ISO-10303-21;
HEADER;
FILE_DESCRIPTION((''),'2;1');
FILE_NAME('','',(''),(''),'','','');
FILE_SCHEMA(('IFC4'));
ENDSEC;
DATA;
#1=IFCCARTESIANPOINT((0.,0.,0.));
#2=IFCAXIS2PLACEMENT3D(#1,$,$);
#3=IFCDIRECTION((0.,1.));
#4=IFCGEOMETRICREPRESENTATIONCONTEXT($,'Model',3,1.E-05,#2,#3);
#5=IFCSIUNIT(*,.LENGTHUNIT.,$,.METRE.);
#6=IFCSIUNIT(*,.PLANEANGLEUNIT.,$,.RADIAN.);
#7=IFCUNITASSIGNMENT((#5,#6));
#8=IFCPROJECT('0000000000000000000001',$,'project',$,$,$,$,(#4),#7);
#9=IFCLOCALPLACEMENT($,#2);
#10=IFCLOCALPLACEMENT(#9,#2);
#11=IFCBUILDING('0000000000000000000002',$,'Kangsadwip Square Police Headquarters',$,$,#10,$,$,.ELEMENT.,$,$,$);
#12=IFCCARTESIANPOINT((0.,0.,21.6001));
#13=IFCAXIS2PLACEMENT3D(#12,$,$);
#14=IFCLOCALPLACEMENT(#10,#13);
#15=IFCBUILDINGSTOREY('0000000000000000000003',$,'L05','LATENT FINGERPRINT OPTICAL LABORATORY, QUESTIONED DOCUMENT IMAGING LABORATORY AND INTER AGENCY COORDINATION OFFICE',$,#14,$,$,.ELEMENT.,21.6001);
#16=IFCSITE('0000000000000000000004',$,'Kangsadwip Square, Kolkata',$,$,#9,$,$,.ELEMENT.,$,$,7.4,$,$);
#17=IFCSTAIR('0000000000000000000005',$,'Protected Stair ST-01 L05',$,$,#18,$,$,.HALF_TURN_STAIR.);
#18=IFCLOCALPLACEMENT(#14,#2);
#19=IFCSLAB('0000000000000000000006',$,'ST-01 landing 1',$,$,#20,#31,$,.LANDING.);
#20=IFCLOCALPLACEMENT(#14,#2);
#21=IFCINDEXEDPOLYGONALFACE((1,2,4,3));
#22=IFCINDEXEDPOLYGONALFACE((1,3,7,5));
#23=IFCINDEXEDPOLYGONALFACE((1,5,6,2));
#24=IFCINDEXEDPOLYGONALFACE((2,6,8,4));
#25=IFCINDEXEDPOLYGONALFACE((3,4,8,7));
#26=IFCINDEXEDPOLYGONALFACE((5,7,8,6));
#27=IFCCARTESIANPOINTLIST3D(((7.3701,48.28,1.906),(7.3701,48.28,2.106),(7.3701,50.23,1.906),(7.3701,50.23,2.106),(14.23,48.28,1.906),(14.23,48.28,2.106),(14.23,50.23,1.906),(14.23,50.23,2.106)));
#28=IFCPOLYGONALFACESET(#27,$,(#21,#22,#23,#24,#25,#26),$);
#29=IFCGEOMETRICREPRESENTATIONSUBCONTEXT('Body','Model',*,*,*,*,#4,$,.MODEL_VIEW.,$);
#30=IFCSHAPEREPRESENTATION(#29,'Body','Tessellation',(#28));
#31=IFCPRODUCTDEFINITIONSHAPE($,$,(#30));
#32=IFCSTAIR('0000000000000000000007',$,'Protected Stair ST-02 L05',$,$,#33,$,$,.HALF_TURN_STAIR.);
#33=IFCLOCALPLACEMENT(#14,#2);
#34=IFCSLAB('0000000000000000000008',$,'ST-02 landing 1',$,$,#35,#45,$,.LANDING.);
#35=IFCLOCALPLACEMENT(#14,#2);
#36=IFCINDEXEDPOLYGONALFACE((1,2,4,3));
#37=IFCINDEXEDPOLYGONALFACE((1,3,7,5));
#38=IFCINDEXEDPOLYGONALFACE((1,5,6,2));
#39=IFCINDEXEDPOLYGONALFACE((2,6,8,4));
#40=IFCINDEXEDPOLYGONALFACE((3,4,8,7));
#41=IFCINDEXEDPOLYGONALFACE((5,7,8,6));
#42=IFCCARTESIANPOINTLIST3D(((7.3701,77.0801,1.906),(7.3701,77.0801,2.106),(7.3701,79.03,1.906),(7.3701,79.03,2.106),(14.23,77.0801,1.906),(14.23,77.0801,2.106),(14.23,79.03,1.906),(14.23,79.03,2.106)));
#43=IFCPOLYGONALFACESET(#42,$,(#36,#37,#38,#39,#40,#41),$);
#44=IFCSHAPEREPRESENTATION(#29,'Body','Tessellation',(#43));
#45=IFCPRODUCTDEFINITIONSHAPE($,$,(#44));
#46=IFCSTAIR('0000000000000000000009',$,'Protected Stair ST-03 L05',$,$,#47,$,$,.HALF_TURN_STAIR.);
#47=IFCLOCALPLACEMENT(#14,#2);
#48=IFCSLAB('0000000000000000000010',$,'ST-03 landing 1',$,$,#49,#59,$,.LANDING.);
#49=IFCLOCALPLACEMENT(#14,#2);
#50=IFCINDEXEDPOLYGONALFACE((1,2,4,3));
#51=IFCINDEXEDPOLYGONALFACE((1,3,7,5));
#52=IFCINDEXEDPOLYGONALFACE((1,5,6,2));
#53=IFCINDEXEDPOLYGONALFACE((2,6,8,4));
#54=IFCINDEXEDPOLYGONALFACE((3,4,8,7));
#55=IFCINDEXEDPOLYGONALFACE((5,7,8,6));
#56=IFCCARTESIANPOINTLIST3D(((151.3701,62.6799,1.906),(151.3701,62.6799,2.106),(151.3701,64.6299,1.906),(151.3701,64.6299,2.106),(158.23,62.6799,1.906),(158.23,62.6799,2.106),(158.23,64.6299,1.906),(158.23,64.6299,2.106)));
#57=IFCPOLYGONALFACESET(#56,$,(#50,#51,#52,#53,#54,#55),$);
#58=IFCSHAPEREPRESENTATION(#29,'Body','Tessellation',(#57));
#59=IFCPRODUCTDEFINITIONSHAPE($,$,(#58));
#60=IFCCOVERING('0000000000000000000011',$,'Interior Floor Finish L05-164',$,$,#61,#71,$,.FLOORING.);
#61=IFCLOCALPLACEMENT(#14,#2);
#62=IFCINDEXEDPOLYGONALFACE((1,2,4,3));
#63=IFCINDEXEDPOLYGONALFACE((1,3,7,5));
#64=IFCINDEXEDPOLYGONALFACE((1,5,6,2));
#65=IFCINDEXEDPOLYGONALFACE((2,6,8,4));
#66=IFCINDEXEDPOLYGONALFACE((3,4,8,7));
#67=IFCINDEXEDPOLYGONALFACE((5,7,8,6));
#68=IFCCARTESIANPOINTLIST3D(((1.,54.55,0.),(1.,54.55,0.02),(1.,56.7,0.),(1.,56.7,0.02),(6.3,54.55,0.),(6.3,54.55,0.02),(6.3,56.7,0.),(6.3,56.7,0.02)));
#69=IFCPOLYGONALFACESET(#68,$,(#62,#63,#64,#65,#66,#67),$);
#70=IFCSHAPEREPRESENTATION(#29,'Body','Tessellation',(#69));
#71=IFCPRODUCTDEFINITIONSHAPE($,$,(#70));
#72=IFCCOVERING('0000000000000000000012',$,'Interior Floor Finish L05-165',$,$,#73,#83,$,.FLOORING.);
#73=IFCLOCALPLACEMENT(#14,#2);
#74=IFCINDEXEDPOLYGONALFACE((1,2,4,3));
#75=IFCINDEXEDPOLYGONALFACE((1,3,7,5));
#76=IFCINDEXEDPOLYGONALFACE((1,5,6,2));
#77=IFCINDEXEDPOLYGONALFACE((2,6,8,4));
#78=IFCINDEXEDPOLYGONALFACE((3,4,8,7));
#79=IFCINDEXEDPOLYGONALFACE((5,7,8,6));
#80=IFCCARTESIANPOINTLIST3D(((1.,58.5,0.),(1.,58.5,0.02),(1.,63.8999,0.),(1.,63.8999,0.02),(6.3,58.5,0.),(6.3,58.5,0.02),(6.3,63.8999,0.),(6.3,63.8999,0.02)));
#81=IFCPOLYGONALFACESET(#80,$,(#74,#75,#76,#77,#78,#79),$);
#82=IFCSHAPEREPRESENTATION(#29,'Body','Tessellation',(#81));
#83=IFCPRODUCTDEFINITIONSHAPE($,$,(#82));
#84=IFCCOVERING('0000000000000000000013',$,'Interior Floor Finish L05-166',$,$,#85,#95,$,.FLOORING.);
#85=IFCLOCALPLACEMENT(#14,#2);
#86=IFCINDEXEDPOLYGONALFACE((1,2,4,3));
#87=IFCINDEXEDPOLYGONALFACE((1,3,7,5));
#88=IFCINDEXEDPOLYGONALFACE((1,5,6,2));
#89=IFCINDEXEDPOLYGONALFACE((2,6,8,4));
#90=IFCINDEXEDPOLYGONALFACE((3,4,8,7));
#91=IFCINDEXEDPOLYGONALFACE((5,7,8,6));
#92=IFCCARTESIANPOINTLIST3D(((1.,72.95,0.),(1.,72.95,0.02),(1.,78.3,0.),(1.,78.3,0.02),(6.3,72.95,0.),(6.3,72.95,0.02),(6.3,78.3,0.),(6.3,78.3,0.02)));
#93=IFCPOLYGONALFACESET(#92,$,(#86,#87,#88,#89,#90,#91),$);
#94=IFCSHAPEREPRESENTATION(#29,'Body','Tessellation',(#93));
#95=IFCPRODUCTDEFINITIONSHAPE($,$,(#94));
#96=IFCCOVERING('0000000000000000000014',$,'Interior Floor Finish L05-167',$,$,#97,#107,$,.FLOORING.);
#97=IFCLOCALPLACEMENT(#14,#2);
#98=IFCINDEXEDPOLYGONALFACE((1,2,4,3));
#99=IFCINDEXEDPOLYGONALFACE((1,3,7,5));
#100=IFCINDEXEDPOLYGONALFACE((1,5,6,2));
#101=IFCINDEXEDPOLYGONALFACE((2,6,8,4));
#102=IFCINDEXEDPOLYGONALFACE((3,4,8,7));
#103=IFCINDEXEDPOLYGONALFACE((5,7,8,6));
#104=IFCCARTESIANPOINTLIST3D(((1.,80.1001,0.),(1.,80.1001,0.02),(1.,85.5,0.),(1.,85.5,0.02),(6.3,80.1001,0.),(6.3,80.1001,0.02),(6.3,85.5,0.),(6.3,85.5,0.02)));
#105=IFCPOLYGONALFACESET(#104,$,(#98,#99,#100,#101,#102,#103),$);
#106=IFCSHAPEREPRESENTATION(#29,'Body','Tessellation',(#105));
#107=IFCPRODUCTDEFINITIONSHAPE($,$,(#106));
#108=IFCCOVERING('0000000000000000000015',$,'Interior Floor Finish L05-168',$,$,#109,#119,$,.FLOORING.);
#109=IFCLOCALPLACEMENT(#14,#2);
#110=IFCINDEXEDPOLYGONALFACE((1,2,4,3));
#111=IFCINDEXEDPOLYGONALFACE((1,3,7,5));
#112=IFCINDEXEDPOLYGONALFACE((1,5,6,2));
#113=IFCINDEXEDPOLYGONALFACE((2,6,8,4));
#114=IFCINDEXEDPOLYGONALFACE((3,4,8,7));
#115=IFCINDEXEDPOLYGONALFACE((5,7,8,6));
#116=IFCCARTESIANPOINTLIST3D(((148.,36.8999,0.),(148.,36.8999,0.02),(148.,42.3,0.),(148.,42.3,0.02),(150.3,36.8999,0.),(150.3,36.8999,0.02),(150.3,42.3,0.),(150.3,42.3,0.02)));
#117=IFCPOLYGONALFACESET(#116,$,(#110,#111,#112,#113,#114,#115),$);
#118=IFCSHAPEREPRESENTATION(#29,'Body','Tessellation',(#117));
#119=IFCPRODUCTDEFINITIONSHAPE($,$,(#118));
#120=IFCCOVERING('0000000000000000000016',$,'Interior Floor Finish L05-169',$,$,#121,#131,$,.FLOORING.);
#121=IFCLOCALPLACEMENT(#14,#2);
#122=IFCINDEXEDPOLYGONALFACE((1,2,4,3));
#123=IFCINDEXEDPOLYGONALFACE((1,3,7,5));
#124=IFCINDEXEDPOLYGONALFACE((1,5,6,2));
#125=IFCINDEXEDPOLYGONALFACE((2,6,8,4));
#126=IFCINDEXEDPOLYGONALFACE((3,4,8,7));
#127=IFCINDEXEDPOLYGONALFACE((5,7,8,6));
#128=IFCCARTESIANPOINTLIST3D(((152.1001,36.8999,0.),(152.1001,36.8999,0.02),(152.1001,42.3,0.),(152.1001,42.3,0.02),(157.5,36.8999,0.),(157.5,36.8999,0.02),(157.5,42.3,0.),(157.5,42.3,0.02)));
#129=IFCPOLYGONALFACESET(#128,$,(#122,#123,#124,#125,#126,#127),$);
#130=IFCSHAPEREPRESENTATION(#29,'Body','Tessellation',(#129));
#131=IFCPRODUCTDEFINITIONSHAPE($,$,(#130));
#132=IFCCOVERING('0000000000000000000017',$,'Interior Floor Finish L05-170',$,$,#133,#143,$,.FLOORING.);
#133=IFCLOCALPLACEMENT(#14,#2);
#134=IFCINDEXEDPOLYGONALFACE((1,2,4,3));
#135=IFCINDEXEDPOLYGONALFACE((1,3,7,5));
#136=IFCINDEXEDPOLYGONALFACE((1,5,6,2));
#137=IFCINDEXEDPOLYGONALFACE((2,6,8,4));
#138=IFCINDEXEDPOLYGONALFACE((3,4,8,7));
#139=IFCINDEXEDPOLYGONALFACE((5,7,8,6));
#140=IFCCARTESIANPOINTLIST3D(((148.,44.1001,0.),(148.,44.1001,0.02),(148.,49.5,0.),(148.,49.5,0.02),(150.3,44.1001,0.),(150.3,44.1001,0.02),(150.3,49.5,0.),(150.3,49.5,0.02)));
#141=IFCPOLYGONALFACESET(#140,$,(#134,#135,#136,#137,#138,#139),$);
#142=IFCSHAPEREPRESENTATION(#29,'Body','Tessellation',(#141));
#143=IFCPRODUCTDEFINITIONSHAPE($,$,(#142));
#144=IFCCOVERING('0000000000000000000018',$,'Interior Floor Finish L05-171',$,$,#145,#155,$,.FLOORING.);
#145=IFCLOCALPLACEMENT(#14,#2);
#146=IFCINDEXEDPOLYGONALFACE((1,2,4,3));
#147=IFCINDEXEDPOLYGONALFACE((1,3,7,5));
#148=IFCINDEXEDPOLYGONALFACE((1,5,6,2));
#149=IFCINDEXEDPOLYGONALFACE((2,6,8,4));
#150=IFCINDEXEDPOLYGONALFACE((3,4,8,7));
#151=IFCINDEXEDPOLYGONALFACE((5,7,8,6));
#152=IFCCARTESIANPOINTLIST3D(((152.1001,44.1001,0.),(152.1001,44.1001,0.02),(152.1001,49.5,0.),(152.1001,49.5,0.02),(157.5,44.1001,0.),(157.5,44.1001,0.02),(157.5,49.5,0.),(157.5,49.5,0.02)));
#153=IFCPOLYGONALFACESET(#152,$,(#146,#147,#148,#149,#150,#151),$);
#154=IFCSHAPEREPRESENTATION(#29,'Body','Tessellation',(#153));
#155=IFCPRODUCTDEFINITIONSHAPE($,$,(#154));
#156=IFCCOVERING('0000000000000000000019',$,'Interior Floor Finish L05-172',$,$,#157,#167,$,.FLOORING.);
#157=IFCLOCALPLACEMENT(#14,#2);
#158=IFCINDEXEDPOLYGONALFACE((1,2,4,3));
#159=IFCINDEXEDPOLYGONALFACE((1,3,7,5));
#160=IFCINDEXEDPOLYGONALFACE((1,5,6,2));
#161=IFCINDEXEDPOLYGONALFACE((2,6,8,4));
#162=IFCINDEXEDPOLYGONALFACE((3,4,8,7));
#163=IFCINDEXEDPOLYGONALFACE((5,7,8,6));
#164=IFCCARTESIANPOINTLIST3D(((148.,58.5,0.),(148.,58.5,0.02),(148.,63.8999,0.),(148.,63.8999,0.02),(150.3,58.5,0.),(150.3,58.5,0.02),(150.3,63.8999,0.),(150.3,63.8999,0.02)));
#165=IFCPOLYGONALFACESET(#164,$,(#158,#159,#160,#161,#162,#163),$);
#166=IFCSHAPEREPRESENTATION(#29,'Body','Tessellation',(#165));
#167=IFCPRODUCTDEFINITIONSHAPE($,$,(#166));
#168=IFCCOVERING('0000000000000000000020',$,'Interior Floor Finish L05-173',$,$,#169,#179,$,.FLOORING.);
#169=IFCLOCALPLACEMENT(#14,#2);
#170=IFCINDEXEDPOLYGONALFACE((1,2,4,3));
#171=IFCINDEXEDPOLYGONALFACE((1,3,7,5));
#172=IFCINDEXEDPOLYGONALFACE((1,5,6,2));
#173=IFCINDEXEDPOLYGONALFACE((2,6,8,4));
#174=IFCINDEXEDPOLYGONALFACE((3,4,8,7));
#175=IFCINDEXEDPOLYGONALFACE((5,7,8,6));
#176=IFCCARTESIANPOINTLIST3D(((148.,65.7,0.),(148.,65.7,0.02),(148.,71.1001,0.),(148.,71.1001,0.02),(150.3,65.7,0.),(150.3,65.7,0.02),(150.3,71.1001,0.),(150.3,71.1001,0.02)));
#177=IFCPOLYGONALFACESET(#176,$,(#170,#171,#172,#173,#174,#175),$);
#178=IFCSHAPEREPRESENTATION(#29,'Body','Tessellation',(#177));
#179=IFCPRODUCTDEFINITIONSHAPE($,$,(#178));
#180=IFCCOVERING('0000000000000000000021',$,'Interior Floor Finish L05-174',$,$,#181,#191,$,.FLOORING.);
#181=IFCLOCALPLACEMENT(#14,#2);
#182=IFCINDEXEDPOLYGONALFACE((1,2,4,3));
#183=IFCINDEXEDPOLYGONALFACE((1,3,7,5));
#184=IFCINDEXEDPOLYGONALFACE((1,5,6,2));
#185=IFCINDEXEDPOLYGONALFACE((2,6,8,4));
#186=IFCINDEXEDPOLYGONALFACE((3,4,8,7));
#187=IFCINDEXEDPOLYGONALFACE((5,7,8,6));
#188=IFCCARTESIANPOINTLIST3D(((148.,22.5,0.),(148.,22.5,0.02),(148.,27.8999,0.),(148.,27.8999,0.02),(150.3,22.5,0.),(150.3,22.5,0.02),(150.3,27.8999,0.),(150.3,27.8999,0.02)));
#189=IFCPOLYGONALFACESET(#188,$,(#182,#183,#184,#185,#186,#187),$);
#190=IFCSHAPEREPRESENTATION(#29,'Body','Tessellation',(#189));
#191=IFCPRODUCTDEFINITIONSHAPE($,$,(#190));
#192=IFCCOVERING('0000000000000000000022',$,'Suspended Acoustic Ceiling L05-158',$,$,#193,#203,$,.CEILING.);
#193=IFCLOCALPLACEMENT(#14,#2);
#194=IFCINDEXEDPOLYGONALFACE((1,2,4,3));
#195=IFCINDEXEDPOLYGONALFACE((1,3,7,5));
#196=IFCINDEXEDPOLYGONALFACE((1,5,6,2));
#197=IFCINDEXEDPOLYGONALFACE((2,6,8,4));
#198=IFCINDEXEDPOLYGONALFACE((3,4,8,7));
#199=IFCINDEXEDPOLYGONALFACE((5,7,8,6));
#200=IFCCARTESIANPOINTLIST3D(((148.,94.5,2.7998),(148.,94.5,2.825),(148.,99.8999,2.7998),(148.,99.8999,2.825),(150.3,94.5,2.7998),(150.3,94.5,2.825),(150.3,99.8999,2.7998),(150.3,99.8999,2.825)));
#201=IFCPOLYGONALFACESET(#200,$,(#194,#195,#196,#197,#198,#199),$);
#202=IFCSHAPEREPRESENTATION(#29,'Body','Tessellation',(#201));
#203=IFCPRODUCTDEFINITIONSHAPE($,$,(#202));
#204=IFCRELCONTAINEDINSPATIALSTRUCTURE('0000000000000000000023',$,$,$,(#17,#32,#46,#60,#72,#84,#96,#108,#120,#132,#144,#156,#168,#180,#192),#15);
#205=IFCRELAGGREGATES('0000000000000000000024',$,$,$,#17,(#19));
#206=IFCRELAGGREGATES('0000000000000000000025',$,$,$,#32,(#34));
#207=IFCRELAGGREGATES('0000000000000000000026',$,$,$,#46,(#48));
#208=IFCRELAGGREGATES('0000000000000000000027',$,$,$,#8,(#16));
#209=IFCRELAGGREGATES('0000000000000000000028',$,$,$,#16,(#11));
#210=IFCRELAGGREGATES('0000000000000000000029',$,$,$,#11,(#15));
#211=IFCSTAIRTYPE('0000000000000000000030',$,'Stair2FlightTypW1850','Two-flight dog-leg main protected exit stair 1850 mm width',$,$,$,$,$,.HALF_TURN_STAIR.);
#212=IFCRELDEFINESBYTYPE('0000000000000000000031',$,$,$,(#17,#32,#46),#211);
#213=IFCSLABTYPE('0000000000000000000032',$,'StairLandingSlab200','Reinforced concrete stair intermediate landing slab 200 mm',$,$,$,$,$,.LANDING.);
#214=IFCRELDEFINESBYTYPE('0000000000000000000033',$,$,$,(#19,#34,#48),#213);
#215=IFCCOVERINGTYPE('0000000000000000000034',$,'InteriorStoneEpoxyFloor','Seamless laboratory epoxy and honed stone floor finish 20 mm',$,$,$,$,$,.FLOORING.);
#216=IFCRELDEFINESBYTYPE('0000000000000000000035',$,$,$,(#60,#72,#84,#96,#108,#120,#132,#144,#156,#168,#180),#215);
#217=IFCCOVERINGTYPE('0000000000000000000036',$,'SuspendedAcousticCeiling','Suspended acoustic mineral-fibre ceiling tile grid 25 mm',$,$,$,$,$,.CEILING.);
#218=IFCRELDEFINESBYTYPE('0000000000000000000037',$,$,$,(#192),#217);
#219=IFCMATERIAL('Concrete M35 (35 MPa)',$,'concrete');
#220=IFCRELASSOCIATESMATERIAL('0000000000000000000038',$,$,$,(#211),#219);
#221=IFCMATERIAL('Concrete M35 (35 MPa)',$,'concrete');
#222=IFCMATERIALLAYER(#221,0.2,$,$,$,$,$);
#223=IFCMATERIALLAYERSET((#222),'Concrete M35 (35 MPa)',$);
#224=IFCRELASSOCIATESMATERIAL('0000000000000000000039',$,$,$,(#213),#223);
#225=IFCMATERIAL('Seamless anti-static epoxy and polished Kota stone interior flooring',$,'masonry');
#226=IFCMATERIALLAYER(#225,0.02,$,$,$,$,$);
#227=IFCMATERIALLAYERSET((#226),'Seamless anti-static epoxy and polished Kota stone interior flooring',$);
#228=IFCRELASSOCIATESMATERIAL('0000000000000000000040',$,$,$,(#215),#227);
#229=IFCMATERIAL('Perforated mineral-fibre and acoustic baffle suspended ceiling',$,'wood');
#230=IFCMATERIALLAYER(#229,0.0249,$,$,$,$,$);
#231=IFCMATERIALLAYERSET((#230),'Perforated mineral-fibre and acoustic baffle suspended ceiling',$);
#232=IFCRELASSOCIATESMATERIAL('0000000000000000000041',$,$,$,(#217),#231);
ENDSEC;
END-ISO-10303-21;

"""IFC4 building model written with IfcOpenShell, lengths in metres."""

from ifc_helpers import new_model, si_unit, direction, frame, origin, place, context, subcontext, project, spatial, polyline, outline, extrude, material, layer, layer_set, type_object, element, aggregate, save


model = new_model("IFC4")

# Units and contexts
model_context = context("Model", 3, precision=1e-05, world=origin(), true_north=direction((0.0, 1.0)))
body_context = subcontext(model_context, "Body", "Model", "MODEL_VIEW")
ifc_project = project(units=[si_unit("LENGTHUNIT", "METRE"), si_unit("PLANEANGLEUNIT", "RADIAN")], contexts=[model_context])

# Site, building, storey
site_placement = place(None, origin())
site = spatial("IfcSite", under=ifc_project, at=site_placement, Name="Kangsadwip Square, Kolkata", CompositionType="ELEMENT", RefElevation=7.4)
building_placement = place(site_placement, origin())
building = spatial("IfcBuilding", under=site, at=building_placement, Name="Kangsadwip Square Police Headquarters", CompositionType="ELEMENT")
storey_placement = place(building_placement, frame((0.0, 0.0, 21.6001)))
storey = spatial("IfcBuildingStorey", under=building, at=storey_placement, Name="L05", Description="LATENT FINGERPRINT OPTICAL LABORATORY, QUESTIONED DOCUMENT IMAGING LABORATORY AND INTER AGENCY COORDINATION OFFICE", CompositionType="ELEMENT", Elevation=21.6001)

# Stairs, slabs
ifc_material_1 = material(Name="Concrete M35 (35 MPa)", Category="concrete")
stair_type = type_object("IfcStairType", Name="Stair2FlightTypW1850", Description="Two-flight dog-leg main protected exit stair 1850 mm width", PredefinedType="HALF_TURN_STAIR", material=ifc_material_1)
stair_1_placement = place(storey_placement, origin())
stair_1 = element("IfcStair", 1, at=stair_1_placement, inside=storey, type_object=stair_type, Name="Protected Stair ST-01 L05", PredefinedType="HALF_TURN_STAIR")
ifc_material_2 = material(Name="Concrete M35 (35 MPa)", Category="concrete")
ifc_layer_1 = layer(ifc_material_2, 0.2)
ifc_layer_set_1 = layer_set([ifc_layer_1], Name="Concrete M35 (35 MPa)")
slab_type = type_object("IfcSlabType", Name="StairLandingSlab200", Description="Reinforced concrete stair intermediate landing slab 200 mm", PredefinedType="LANDING", material=ifc_layer_set_1)
slab_1_placement = place(storey_placement, frame((0.0, 0.0, 1.906)))
slab_1 = element("IfcSlab", 2, at=slab_1_placement, type_object=slab_type, Name="ST-01 landing 1", PredefinedType="LANDING", context=body_context, shape_type="SweptSolid", body=[
    extrude(outline(polyline([(7.3701, 48.28), (14.23, 48.28), (14.23, 50.23), (7.3701, 50.23), (7.3701, 48.28)])), origin(), (0.0, 0.0, 1.0), 0.2),
])
aggregate(stair_1, [slab_1])
stair_2_placement = place(storey_placement, origin())
stair_2 = element("IfcStair", 3, at=stair_2_placement, inside=storey, type_object=stair_type, Name="Protected Stair ST-02 L05", PredefinedType="HALF_TURN_STAIR")
slab_2_placement = place(storey_placement, frame((0.0, 0.0, 1.906)))
slab_2 = element("IfcSlab", 4, at=slab_2_placement, type_object=slab_type, Name="ST-02 landing 1", PredefinedType="LANDING", context=body_context, shape_type="SweptSolid", body=[
    extrude(outline(polyline([(7.3701, 77.0801), (14.23, 77.0801), (14.23, 79.03), (7.3701, 79.03), (7.3701, 77.0801)])), origin(), (0.0, 0.0, 1.0), 0.2),
])
aggregate(stair_2, [slab_2])
stair_3_placement = place(storey_placement, origin())
stair_3 = element("IfcStair", 5, at=stair_3_placement, inside=storey, type_object=stair_type, Name="Protected Stair ST-03 L05", PredefinedType="HALF_TURN_STAIR")
slab_3_placement = place(storey_placement, frame((0.0, 0.0, 1.906)))
slab_3 = element("IfcSlab", 6, at=slab_3_placement, type_object=slab_type, Name="ST-03 landing 1", PredefinedType="LANDING", context=body_context, shape_type="SweptSolid", body=[
    extrude(outline(polyline([(151.3701, 62.6799), (158.23, 62.6799), (158.23, 64.6299), (151.3701, 64.6299), (151.3701, 62.6799)])), origin(), (0.0, 0.0, 1.0), 0.2),
])
aggregate(stair_3, [slab_3])

# Coverings
ifc_material_3 = material(Name="Seamless anti-static epoxy and polished Kota stone interior flooring", Category="masonry")
ifc_layer_2 = layer(ifc_material_3, 0.02)
ifc_layer_set_2 = layer_set([ifc_layer_2], Name="Seamless anti-static epoxy and polished Kota stone interior flooring")
covering_type_1 = type_object("IfcCoveringType", Name="InteriorStoneEpoxyFloor", Description="Seamless laboratory epoxy and honed stone floor finish 20 mm", PredefinedType="FLOORING", material=ifc_layer_set_2)
covering_1_placement = place(storey_placement, origin())
element("IfcCovering", 7, at=covering_1_placement, inside=storey, type_object=covering_type_1, Name="Interior Floor Finish L05-164", PredefinedType="FLOORING", context=body_context, shape_type="SweptSolid", body=[
    extrude(outline(polyline([(1.0, 54.55), (6.3, 54.55), (6.3, 56.7), (1.0, 56.7), (1.0, 54.55)])), origin(), (0.0, 0.0, 1.0), 0.02),
])
covering_2_placement = place(storey_placement, origin())
element("IfcCovering", 8, at=covering_2_placement, inside=storey, type_object=covering_type_1, Name="Interior Floor Finish L05-165", PredefinedType="FLOORING", context=body_context, shape_type="SweptSolid", body=[
    extrude(outline(polyline([(1.0, 58.5), (6.3, 58.5), (6.3, 63.8999), (1.0, 63.8999), (1.0, 58.5)])), origin(), (0.0, 0.0, 1.0), 0.02),
])
covering_3_placement = place(storey_placement, origin())
element("IfcCovering", 9, at=covering_3_placement, inside=storey, type_object=covering_type_1, Name="Interior Floor Finish L05-166", PredefinedType="FLOORING", context=body_context, shape_type="SweptSolid", body=[
    extrude(outline(polyline([(1.0, 72.95), (6.3, 72.95), (6.3, 78.3), (1.0, 78.3), (1.0, 72.95)])), origin(), (0.0, 0.0, 1.0), 0.02),
])
covering_4_placement = place(storey_placement, origin())
element("IfcCovering", 10, at=covering_4_placement, inside=storey, type_object=covering_type_1, Name="Interior Floor Finish L05-167", PredefinedType="FLOORING", context=body_context, shape_type="SweptSolid", body=[
    extrude(outline(polyline([(1.0, 80.1001), (6.3, 80.1001), (6.3, 85.5), (1.0, 85.5), (1.0, 80.1001)])), origin(), (0.0, 0.0, 1.0), 0.02),
])
covering_5_placement = place(storey_placement, origin())
element("IfcCovering", 11, at=covering_5_placement, inside=storey, type_object=covering_type_1, Name="Interior Floor Finish L05-168", PredefinedType="FLOORING", context=body_context, shape_type="SweptSolid", body=[
    extrude(outline(polyline([(148.0, 36.8999), (150.3, 36.8999), (150.3, 42.3), (148.0, 42.3), (148.0, 36.8999)])), origin(), (0.0, 0.0, 1.0), 0.02),
])
covering_6_placement = place(storey_placement, origin())
element("IfcCovering", 12, at=covering_6_placement, inside=storey, type_object=covering_type_1, Name="Interior Floor Finish L05-169", PredefinedType="FLOORING", context=body_context, shape_type="SweptSolid", body=[
    extrude(outline(polyline([(152.1001, 36.8999), (157.5, 36.8999), (157.5, 42.3), (152.1001, 42.3), (152.1001, 36.8999)])), origin(), (0.0, 0.0, 1.0), 0.02),
])
covering_7_placement = place(storey_placement, origin())
element("IfcCovering", 13, at=covering_7_placement, inside=storey, type_object=covering_type_1, Name="Interior Floor Finish L05-170", PredefinedType="FLOORING", context=body_context, shape_type="SweptSolid", body=[
    extrude(outline(polyline([(148.0, 44.1001), (150.3, 44.1001), (150.3, 49.5), (148.0, 49.5), (148.0, 44.1001)])), origin(), (0.0, 0.0, 1.0), 0.02),
])
covering_8_placement = place(storey_placement, origin())
element("IfcCovering", 14, at=covering_8_placement, inside=storey, type_object=covering_type_1, Name="Interior Floor Finish L05-171", PredefinedType="FLOORING", context=body_context, shape_type="SweptSolid", body=[
    extrude(outline(polyline([(152.1001, 44.1001), (157.5, 44.1001), (157.5, 49.5), (152.1001, 49.5), (152.1001, 44.1001)])), origin(), (0.0, 0.0, 1.0), 0.02),
])
covering_9_placement = place(storey_placement, origin())
element("IfcCovering", 15, at=covering_9_placement, inside=storey, type_object=covering_type_1, Name="Interior Floor Finish L05-172", PredefinedType="FLOORING", context=body_context, shape_type="SweptSolid", body=[
    extrude(outline(polyline([(148.0, 58.5), (150.3, 58.5), (150.3, 63.8999), (148.0, 63.8999), (148.0, 58.5)])), origin(), (0.0, 0.0, 1.0), 0.02),
])
covering_10_placement = place(storey_placement, origin())
element("IfcCovering", 16, at=covering_10_placement, inside=storey, type_object=covering_type_1, Name="Interior Floor Finish L05-173", PredefinedType="FLOORING", context=body_context, shape_type="SweptSolid", body=[
    extrude(outline(polyline([(148.0, 65.7), (150.3, 65.7), (150.3, 71.1001), (148.0, 71.1001), (148.0, 65.7)])), origin(), (0.0, 0.0, 1.0), 0.02),
])
covering_11_placement = place(storey_placement, origin())
element("IfcCovering", 17, at=covering_11_placement, inside=storey, type_object=covering_type_1, Name="Interior Floor Finish L05-174", PredefinedType="FLOORING", context=body_context, shape_type="SweptSolid", body=[
    extrude(outline(polyline([(148.0, 22.5), (150.3, 22.5), (150.3, 27.8999), (148.0, 27.8999), (148.0, 22.5)])), origin(), (0.0, 0.0, 1.0), 0.02),
])
ifc_material_4 = material(Name="Perforated mineral-fibre and acoustic baffle suspended ceiling", Category="wood")
ifc_layer_3 = layer(ifc_material_4, 0.0249)
ifc_layer_set_3 = layer_set([ifc_layer_3], Name="Perforated mineral-fibre and acoustic baffle suspended ceiling")
covering_type_2 = type_object("IfcCoveringType", Name="SuspendedAcousticCeiling", Description="Suspended acoustic mineral-fibre ceiling tile grid 25 mm", PredefinedType="CEILING", material=ifc_layer_set_3)
covering_12_placement = place(storey_placement, frame((0.0, 0.0, 2.7998)))
element("IfcCovering", 18, at=covering_12_placement, inside=storey, type_object=covering_type_2, Name="Suspended Acoustic Ceiling L05-158", PredefinedType="CEILING", context=body_context, shape_type="SweptSolid", body=[
    extrude(outline(polyline([(148.0, 94.5), (150.3, 94.5), (150.3, 99.8999), (148.0, 99.8999), (148.0, 94.5)])), origin(), (0.0, 0.0, 1.0), 0.0251),
])

save(model, "model.ifc")
